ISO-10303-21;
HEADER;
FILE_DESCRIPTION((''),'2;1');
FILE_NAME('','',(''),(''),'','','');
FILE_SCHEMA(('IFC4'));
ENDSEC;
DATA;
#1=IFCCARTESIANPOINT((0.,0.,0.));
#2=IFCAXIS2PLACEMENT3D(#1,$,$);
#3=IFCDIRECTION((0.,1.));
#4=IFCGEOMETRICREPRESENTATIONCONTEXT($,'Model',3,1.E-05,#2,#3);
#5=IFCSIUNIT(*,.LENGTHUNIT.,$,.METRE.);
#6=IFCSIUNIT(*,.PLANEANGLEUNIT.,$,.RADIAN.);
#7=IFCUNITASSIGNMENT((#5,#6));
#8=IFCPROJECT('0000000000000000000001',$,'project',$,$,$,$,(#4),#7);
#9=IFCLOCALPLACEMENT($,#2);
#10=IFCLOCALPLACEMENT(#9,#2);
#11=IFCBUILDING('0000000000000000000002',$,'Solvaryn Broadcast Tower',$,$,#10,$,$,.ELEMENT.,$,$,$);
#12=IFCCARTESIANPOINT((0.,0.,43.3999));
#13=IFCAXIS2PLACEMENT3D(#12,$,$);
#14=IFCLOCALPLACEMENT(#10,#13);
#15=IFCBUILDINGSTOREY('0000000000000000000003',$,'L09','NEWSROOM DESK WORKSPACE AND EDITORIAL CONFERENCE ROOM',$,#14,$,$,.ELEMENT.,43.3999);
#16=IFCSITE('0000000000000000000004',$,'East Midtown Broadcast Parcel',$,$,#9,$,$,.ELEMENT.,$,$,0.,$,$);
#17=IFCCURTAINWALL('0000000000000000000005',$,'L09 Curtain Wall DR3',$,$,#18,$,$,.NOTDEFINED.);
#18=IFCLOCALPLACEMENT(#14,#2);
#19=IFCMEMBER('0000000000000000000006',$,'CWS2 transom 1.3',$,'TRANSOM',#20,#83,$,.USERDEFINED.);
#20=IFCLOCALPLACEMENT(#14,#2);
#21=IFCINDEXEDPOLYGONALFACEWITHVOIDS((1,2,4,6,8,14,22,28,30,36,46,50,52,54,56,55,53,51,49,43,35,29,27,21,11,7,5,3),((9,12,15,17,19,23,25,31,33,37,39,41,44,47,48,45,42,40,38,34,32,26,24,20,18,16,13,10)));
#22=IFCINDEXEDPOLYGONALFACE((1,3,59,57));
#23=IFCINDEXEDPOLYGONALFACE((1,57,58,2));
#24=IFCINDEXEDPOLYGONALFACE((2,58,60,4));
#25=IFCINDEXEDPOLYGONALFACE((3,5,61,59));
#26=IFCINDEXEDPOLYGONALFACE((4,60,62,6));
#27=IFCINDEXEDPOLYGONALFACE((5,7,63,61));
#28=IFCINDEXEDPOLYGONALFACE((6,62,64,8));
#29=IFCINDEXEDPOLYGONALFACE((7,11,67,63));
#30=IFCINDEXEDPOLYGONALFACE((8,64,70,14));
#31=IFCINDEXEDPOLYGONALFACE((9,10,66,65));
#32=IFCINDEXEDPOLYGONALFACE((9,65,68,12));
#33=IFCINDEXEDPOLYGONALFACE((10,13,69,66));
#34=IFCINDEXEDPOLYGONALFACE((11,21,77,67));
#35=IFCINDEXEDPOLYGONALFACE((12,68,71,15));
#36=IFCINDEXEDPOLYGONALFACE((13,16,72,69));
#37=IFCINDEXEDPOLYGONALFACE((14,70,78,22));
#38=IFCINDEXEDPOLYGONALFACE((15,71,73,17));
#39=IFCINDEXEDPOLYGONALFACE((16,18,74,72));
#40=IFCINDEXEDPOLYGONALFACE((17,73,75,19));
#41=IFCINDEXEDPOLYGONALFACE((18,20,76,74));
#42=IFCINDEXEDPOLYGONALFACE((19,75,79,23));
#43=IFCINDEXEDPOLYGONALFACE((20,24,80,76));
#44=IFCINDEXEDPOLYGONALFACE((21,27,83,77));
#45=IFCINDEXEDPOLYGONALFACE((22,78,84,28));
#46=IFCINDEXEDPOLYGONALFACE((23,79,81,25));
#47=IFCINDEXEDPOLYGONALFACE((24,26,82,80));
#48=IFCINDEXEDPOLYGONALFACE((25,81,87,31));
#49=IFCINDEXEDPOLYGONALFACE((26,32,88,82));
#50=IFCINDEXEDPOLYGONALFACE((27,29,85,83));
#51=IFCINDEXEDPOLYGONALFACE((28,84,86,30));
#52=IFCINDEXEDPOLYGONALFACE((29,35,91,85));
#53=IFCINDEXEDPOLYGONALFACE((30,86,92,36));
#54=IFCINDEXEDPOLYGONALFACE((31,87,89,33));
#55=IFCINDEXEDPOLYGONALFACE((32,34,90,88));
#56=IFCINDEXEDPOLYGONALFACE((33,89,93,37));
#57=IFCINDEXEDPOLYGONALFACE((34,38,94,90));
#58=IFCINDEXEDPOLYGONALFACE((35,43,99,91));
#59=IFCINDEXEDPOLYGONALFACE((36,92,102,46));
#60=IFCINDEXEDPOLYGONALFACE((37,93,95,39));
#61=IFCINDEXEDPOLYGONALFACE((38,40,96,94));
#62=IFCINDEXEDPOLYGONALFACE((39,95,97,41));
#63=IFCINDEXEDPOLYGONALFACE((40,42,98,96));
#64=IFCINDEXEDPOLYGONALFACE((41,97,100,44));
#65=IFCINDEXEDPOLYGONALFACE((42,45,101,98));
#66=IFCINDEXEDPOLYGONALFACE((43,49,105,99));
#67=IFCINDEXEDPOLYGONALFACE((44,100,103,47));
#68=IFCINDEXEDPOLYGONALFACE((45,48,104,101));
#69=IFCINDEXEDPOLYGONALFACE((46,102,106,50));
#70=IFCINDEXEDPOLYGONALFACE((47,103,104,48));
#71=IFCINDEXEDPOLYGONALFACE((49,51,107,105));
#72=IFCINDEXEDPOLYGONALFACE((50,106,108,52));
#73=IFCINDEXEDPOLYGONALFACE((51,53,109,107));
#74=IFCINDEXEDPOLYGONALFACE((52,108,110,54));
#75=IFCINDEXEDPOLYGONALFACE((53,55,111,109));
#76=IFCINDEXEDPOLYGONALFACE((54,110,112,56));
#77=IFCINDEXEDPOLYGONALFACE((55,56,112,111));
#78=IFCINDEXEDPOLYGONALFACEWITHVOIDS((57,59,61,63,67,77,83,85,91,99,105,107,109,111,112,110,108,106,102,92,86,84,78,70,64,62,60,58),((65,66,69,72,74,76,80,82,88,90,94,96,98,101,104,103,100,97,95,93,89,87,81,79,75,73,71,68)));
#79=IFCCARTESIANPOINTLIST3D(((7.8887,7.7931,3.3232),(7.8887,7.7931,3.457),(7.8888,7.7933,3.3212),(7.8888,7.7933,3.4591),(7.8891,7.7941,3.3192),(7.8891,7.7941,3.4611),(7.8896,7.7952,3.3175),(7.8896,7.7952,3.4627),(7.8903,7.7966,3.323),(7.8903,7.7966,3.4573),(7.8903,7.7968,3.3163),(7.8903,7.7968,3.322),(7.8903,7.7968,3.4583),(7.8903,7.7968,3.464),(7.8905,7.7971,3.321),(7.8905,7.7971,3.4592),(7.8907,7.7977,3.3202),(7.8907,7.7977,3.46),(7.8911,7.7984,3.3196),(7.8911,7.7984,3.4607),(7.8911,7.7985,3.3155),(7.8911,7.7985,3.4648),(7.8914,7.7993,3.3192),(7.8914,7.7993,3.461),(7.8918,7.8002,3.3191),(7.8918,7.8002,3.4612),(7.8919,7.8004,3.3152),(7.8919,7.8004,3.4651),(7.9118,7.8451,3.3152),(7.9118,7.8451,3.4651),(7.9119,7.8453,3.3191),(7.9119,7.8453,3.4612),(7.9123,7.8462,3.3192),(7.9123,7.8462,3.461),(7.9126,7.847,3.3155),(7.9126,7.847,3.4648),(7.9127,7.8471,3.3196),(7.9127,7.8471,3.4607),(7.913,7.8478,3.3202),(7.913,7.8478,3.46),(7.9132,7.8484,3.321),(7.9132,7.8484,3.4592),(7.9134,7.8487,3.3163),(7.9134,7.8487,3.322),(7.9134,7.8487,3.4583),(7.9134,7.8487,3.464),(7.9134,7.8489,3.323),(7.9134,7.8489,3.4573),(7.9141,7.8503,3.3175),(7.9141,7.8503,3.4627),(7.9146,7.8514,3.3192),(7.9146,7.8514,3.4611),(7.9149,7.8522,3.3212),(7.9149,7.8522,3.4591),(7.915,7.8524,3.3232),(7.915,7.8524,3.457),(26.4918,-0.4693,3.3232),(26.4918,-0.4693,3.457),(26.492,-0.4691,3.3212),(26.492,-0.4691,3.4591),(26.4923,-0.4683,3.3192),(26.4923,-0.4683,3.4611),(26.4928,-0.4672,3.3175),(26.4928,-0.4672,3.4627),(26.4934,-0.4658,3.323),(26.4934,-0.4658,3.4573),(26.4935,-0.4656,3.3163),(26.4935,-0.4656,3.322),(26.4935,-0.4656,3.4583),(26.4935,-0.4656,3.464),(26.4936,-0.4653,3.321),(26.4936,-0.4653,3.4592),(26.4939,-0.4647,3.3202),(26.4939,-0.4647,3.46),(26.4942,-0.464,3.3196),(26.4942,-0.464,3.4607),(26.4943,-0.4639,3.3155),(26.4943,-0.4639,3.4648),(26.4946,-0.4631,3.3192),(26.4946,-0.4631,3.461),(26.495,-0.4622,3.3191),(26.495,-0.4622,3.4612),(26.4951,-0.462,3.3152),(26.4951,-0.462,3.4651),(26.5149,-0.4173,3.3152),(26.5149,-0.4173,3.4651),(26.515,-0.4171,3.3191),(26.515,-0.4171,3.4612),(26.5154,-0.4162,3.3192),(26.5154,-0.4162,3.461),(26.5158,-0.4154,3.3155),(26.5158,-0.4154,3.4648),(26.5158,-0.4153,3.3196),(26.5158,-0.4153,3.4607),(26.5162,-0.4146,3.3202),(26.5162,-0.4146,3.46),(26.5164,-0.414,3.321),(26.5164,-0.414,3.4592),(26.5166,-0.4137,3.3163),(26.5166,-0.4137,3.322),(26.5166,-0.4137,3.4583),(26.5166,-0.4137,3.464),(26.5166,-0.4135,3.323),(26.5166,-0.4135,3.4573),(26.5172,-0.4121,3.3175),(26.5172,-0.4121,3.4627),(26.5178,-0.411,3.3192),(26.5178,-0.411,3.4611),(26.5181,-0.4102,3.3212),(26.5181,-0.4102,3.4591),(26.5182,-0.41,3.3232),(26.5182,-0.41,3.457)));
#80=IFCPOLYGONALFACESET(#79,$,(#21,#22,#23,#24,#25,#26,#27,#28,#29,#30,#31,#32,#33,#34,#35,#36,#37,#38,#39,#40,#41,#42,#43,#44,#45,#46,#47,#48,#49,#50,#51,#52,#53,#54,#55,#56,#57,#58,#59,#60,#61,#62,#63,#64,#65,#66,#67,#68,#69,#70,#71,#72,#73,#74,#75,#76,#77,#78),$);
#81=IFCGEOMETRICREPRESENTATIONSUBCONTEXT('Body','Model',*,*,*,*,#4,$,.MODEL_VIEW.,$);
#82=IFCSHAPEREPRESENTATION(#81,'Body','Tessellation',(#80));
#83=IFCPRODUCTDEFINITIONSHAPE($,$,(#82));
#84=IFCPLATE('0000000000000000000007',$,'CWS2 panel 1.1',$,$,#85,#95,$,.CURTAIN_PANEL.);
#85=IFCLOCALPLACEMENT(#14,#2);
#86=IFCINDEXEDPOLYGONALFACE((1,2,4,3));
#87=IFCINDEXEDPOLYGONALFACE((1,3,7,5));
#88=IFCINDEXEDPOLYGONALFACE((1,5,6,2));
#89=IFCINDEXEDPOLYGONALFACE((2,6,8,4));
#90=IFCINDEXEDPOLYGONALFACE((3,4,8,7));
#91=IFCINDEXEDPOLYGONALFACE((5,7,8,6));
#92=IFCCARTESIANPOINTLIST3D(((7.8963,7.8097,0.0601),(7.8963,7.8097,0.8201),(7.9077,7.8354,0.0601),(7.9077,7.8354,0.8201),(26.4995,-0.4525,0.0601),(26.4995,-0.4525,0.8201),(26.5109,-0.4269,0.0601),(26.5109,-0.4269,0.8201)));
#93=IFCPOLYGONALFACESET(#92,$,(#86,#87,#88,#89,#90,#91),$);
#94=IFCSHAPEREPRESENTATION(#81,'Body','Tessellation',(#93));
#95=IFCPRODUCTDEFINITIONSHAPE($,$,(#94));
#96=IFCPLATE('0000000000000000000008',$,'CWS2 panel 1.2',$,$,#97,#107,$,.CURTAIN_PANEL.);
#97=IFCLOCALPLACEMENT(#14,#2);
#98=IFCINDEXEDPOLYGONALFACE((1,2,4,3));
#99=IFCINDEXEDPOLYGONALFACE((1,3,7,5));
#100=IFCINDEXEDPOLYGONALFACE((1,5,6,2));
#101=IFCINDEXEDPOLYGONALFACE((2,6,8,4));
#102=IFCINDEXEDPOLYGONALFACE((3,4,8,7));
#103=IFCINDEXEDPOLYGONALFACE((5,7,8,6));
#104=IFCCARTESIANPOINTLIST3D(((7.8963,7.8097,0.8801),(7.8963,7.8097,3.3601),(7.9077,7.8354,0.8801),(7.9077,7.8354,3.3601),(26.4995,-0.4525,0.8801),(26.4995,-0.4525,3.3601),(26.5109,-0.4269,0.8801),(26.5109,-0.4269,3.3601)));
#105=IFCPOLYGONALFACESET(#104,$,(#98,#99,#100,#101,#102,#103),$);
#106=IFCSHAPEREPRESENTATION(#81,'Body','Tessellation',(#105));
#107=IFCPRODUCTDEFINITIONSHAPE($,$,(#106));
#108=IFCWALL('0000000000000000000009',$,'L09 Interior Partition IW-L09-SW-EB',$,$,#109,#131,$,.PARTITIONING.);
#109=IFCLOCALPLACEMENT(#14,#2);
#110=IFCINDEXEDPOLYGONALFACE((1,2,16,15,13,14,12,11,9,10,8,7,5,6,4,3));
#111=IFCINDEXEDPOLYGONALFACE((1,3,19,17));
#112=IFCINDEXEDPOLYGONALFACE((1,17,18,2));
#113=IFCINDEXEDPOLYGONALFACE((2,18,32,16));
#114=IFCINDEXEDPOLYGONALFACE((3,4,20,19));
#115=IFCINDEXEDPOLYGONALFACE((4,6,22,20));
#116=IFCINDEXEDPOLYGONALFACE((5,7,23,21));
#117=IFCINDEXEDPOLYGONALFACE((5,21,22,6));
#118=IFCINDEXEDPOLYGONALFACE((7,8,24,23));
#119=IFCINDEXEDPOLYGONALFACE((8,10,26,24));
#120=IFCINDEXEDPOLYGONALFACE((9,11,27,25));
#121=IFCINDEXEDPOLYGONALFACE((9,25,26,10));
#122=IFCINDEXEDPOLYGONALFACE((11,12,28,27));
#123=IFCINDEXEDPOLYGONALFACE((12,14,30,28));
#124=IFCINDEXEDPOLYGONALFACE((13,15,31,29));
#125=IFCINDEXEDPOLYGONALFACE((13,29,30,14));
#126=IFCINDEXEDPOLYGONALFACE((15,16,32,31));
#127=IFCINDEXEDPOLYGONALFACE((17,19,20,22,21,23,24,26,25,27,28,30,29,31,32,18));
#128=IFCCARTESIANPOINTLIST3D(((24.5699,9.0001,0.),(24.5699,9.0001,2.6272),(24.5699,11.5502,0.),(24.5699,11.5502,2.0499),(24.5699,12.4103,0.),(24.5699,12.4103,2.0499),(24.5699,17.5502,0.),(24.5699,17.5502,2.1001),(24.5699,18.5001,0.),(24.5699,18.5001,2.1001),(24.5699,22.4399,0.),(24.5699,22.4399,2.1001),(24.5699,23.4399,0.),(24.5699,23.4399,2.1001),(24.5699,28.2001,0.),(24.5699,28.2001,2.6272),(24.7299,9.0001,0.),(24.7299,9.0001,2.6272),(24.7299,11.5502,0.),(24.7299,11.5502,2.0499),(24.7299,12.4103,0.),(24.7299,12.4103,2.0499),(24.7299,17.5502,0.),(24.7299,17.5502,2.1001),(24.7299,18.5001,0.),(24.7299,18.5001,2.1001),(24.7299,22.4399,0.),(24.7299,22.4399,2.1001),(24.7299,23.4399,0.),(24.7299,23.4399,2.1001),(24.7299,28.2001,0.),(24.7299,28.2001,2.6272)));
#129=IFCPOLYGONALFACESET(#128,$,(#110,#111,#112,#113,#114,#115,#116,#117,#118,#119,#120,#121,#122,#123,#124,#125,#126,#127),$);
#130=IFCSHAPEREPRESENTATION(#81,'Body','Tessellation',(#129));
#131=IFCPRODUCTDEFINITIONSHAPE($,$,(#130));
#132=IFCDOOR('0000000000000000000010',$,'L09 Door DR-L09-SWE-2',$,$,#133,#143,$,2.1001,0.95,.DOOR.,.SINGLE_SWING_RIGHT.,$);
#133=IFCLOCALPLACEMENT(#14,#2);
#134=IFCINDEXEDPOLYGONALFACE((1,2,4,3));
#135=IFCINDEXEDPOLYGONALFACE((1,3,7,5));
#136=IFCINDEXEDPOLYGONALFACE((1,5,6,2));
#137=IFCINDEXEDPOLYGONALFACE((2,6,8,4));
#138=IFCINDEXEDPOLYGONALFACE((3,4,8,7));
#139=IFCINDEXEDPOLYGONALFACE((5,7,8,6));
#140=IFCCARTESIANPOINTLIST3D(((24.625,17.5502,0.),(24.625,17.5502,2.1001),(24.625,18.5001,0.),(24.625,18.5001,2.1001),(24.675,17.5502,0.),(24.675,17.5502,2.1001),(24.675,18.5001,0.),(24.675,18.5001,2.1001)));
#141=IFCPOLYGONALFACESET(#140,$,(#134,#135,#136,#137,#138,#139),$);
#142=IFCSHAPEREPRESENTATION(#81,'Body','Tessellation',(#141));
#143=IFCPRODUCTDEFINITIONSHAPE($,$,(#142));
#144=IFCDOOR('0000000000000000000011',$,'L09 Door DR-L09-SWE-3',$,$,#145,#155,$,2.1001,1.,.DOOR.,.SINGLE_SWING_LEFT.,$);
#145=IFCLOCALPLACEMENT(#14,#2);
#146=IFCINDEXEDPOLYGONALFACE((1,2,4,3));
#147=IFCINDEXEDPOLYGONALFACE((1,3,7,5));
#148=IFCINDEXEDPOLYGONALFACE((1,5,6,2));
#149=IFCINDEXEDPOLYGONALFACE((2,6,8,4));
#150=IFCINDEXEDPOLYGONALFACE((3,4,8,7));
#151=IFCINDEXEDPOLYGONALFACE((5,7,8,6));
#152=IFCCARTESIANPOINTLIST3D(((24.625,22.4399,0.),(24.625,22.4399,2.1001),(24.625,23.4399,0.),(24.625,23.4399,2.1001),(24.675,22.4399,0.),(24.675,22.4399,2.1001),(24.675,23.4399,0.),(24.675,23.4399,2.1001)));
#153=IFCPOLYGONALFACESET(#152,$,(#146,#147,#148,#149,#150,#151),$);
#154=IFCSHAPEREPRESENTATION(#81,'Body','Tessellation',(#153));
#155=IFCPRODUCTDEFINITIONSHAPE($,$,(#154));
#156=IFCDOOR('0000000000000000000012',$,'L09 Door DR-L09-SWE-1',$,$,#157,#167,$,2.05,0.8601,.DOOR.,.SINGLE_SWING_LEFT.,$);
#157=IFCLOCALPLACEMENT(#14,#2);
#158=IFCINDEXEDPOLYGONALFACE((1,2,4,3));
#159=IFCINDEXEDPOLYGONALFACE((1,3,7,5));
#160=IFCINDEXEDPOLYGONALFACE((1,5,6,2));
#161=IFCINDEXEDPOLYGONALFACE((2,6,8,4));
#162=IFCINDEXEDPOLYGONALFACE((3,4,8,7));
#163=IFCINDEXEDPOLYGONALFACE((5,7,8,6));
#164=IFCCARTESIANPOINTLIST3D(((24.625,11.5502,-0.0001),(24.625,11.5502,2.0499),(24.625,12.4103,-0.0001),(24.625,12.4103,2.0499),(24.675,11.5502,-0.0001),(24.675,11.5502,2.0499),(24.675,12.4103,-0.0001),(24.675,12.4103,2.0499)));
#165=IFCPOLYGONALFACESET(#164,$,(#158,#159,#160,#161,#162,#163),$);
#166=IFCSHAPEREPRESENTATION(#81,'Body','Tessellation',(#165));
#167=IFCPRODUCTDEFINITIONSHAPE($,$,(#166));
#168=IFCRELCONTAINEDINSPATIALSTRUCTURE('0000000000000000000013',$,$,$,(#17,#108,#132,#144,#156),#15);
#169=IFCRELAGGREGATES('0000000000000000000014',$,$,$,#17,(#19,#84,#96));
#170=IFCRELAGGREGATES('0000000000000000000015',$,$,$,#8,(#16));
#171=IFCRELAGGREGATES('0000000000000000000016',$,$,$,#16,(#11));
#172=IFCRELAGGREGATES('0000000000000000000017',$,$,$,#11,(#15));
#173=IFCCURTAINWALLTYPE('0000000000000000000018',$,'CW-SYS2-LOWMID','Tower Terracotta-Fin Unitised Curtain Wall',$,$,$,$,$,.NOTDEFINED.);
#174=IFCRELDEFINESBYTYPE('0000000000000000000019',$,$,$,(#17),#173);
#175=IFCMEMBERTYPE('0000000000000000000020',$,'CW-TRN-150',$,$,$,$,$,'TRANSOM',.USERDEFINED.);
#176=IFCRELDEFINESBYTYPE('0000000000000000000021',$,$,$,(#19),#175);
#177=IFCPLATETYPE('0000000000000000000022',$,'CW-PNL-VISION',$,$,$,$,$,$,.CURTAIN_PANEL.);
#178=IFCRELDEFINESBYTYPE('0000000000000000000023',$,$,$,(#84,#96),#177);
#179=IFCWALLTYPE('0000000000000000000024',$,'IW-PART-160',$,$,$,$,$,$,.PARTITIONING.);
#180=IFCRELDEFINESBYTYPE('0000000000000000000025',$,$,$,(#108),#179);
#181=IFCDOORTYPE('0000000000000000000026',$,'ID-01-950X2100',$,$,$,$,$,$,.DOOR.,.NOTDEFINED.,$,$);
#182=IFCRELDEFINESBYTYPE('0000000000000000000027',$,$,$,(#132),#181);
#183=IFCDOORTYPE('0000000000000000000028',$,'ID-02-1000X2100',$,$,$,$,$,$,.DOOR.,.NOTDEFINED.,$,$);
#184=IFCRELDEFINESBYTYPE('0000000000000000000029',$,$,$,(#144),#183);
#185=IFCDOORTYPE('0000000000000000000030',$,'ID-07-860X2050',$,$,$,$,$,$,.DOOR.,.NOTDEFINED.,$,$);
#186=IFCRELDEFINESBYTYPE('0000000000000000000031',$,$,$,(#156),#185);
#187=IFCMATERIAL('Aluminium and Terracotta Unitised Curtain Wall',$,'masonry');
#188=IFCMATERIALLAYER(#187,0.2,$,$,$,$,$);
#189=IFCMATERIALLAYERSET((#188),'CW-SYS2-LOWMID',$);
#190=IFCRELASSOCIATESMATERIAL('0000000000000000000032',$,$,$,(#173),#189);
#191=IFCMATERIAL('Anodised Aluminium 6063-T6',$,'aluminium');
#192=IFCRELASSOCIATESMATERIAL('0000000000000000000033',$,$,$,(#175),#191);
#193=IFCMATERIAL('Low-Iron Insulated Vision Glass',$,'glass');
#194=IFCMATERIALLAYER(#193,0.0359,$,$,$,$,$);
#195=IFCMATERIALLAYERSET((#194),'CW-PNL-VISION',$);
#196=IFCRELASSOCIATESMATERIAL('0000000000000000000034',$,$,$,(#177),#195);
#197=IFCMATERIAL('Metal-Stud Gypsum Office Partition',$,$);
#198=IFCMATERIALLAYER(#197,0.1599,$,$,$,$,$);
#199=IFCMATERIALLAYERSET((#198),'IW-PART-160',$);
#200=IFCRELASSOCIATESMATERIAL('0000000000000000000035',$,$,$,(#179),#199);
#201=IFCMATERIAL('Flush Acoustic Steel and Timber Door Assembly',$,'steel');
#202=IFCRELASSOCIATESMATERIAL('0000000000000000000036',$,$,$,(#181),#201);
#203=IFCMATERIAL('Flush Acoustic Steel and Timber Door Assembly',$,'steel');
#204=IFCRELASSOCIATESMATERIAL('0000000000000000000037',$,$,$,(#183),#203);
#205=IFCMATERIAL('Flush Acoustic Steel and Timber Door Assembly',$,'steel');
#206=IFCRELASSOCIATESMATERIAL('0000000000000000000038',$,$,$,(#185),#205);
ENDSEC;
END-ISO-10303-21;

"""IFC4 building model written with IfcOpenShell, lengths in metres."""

from ifc_helpers import new_model, si_unit, direction, frame, frame_2d, origin, origin_2d, place, context, subcontext, project, spatial, rectangle, hollow_rectangle, extrude, material, layer, layer_set, material_profile, profile_set, type_object, element, fill, aggregate, save


model = new_model("IFC4")

# Units and contexts
model_context = context("Model", 3, precision=1e-05, world=origin(), true_north=direction((0.0, 1.0)))
body_context = subcontext(model_context, "Body", "Model", "MODEL_VIEW")
ifc_project = project(units=[si_unit("LENGTHUNIT", "METRE"), si_unit("PLANEANGLEUNIT", "RADIAN")], contexts=[model_context])

# Site, building, storey
site_placement = place(None, origin())
site = spatial("IfcSite", under=ifc_project, at=site_placement, Name="East Midtown Broadcast Parcel", CompositionType="ELEMENT", RefElevation=0.0)
building_placement = place(site_placement, origin())
building = spatial("IfcBuilding", under=site, at=building_placement, Name="Solvaryn Broadcast Tower", CompositionType="ELEMENT")
storey_placement = place(building_placement, frame((0.0, 0.0, 43.3999)))
storey = spatial("IfcBuildingStorey", under=building, at=storey_placement, Name="L09", Description="NEWSROOM DESK WORKSPACE AND EDITORIAL CONFERENCE ROOM", CompositionType="ELEMENT", Elevation=43.3999)

# Shared definitions
ifc_material_1 = material(Name="Aluminium and Terracotta Unitised Curtain Wall", Category="masonry")
ifc_layer_1 = layer(ifc_material_1, 0.2)
ifc_layer_set_1 = layer_set([ifc_layer_1], Name="CW-SYS2-LOWMID")
curtain_wall_type = type_object("IfcCurtainWallType", Name="CW-SYS2-LOWMID", Description="Tower Terracotta-Fin Unitised Curtain Wall", PredefinedType="NOTDEFINED", material=ifc_layer_set_1)

# Curtain wall, member, plates
curtain_wall_1_placement = place(storey_placement, origin())
curtain_wall_1 = element("IfcCurtainWall", 1, at=curtain_wall_1_placement, inside=storey, type_object=curtain_wall_type, Name="L09 Curtain Wall DR3", PredefinedType="NOTDEFINED")
ifc_material_2 = material(Name="Anodised Aluminium 6063-T6", Category="aluminium")
ifc_material_profile_1 = material_profile(ifc_material_2, hollow_rectangle(XDim=0.0649, YDim=0.1499, WallThickness=0.0039, InnerFilletRadius=0.0039, OuterFilletRadius=0.0081, at=origin_2d()))
ifc_profile_set_1 = profile_set([ifc_material_profile_1], Name="Anodised Aluminium 6063-T6")
member_type_1 = type_object("IfcMemberType", Name="CW-TRN-150", ElementType="TRANSOM", PredefinedType="USERDEFINED", material=ifc_profile_set_1)
member_1_placement = place(storey_placement, frame((7.9019, 7.8228, 3.3901), z_axis=(0.913915, -0.405906, 0.0), x_axis=(0.405906, 0.913915, 0.0)))
member_1 = element("IfcMember", 2, at=member_1_placement, type_object=member_type_1, Name="CWS2 transom 1.3", ObjectType="TRANSOM", PredefinedType="USERDEFINED", context=body_context, shape_type="SweptSolid", body=[
    extrude(hollow_rectangle(XDim=0.0649, YDim=0.1499, WallThickness=0.0039, InnerFilletRadius=0.0039, OuterFilletRadius=0.0081, at=origin_2d()), origin(), (0.0, 0.0, 1.0), 20.3555),
])
ifc_material_3 = material(Name="Low-Iron Insulated Vision Glass", Category="glass")
ifc_layer_2 = layer(ifc_material_3, 0.0359)
ifc_layer_set_2 = layer_set([ifc_layer_2], Name="CW-PNL-VISION")
plate_type = type_object("IfcPlateType", Name="CW-PNL-VISION", PredefinedType="CURTAIN_PANEL", material=ifc_layer_set_2)
plate_1_placement = place(storey_placement, frame((17.2036, 3.6914, 0.0601), z_axis=(0.0, 0.0, 1.0), x_axis=(0.913918, -0.405898, 0.0)))
plate_1 = element("IfcPlate", 3, at=plate_1_placement, type_object=plate_type, Name="CWS2 panel 1.1", PredefinedType="CURTAIN_PANEL", context=body_context, shape_type="SweptSolid", body=[
    extrude(rectangle(XDim=20.3555, YDim=0.0281, at=origin_2d()), origin(), (0.0, 0.0, 1.0), 0.76),
])
plate_2_placement = place(storey_placement, frame((17.2036, 3.6914, 0.8801), z_axis=(0.0, 0.0, 1.0), x_axis=(0.913918, -0.405898, 0.0)))
plate_2 = element("IfcPlate", 4, at=plate_2_placement, type_object=plate_type, Name="CWS2 panel 1.2", PredefinedType="CURTAIN_PANEL", context=body_context, shape_type="SweptSolid", body=[
    extrude(rectangle(XDim=20.3555, YDim=0.0281, at=origin_2d()), origin(), (0.0, 0.0, 1.0), 2.48),
])
aggregate(curtain_wall_1, [member_1, plate_1, plate_2])

# Wall, openings, doors
ifc_material_4 = material(Name="Metal-Stud Gypsum Office Partition")
ifc_layer_3 = layer(ifc_material_4, 0.1599)
ifc_layer_set_3 = layer_set([ifc_layer_3], Name="IW-PART-160")
wall_type_1 = type_object("IfcWallType", Name="IW-PART-160", PredefinedType="PARTITIONING", material=ifc_layer_set_3)
wall_1_placement = place(storey_placement, frame((24.6499, 9.0, 0.0), z_axis=(0.0, 0.0, 1.0), x_axis=(0.0, 1.0, 0.0)))
wall_1 = element("IfcWall", 5, at=wall_1_placement, inside=storey, type_object=wall_type_1, Name="L09 Interior Partition IW-L09-SW-EB", PredefinedType="PARTITIONING", context=body_context, shape_type="SweptSolid", body=[
    extrude(rectangle(XDim=19.2, YDim=0.1599, at=frame_2d((9.6001, 0.0))), origin(), (0.0, 0.0, 1.0), 2.6272),
])
opening_1_placement = place(wall_1_placement, frame((2.55, 0.0, 0.0)))
opening_1 = element("IfcOpeningElement", 6, at=opening_1_placement, cuts=wall_1, PredefinedType="OPENING", context=body_context, shape_type="SweptSolid", body=[
    extrude(rectangle(XDim=0.8601, YDim=2.05, at=frame_2d((0.4302, 1.0249))), frame((0.0, 0.0901, 0.0), z_axis=(0.0, -1.0, 0.0), x_axis=(1.0, 0.0, 0.0)), (0.0, 0.0, 1.0), 0.1799),
])
opening_2_placement = place(wall_1_placement, frame((8.55, 0.0, 0.0)))
opening_2 = element("IfcOpeningElement", 7, at=opening_2_placement, cuts=wall_1, PredefinedType="OPENING", context=body_context, shape_type="SweptSolid", body=[
    extrude(rectangle(XDim=0.95, YDim=2.1001, at=frame_2d((0.4751, 1.05))), frame((0.0, 0.0901, 0.0), z_axis=(0.0, -1.0, 0.0), x_axis=(1.0, 0.0, 0.0)), (0.0, 0.0, 1.0), 0.1799),
])
opening_3_placement = place(wall_1_placement, frame((13.4399, 0.0, 0.0)))
opening_3 = element("IfcOpeningElement", 8, at=opening_3_placement, cuts=wall_1, PredefinedType="OPENING", context=body_context, shape_type="SweptSolid", body=[
    extrude(rectangle(XDim=1.0, YDim=2.1001, at=frame_2d((0.5, 1.05))), frame((0.0, 0.0901, 0.0), z_axis=(0.0, -1.0, 0.0), x_axis=(1.0, 0.0, 0.0)), (0.0, 0.0, 1.0), 0.1799),
])
ifc_material_5 = material(Name="Flush Acoustic Steel and Timber Door Assembly", Category="steel")
door_type_1 = type_object("IfcDoorType", Name="ID-01-950X2100", OperationType="NOTDEFINED", PredefinedType="DOOR", material=ifc_material_5)
door_1_placement = place(opening_2_placement, origin())
door_1 = element("IfcDoor", 9, at=door_1_placement, inside=storey, type_object=door_type_1, Name="L09 Door DR-L09-SWE-2", OperationType="SINGLE_SWING_RIGHT", OverallHeight=2.1001, OverallWidth=0.95, PredefinedType="DOOR", context=body_context, shape_type="SweptSolid", body=[
    extrude(rectangle(XDim=0.95, YDim=2.1001, at=frame_2d((0.4751, 1.05))), frame((0.0, 0.0249, 0.0), z_axis=(0.0, -1.0, 0.0), x_axis=(1.0, 0.0, 0.0)), (0.0, 0.0, 1.0), 0.05),
])
fill(opening_2, door_1)
ifc_material_6 = material(Name="Flush Acoustic Steel and Timber Door Assembly", Category="steel")
door_type_2 = type_object("IfcDoorType", Name="ID-02-1000X2100", OperationType="NOTDEFINED", PredefinedType="DOOR", material=ifc_material_6)
door_2_placement = place(opening_3_placement, origin())
door_2 = element("IfcDoor", 10, at=door_2_placement, inside=storey, type_object=door_type_2, Name="L09 Door DR-L09-SWE-3", OperationType="SINGLE_SWING_LEFT", OverallHeight=2.1001, OverallWidth=1.0, PredefinedType="DOOR", context=body_context, shape_type="SweptSolid", body=[
    extrude(rectangle(XDim=1.0, YDim=2.1001, at=frame_2d((0.5, 1.05))), frame((0.0, 0.0249, 0.0), z_axis=(0.0, -1.0, 0.0), x_axis=(1.0, 0.0, 0.0)), (0.0, 0.0, 1.0), 0.05),
])
fill(opening_3, door_2)
ifc_material_7 = material(Name="Flush Acoustic Steel and Timber Door Assembly", Category="steel")
door_type_3 = type_object("IfcDoorType", Name="ID-07-860X2050", OperationType="NOTDEFINED", PredefinedType="DOOR", material=ifc_material_7)
door_3_placement = place(opening_1_placement, origin())
door_3 = element("IfcDoor", 11, at=door_3_placement, inside=storey, type_object=door_type_3, Name="L09 Door DR-L09-SWE-1", OperationType="SINGLE_SWING_LEFT", OverallHeight=2.05, OverallWidth=0.8601, PredefinedType="DOOR", context=body_context, shape_type="SweptSolid", body=[
    extrude(rectangle(XDim=0.8601, YDim=2.05, at=frame_2d((0.4302, 1.0249))), frame((0.0, 0.0249, 0.0), z_axis=(0.0, -1.0, 0.0), x_axis=(1.0, 0.0, 0.0)), (0.0, 0.0, 1.0), 0.05),
])
fill(opening_1, door_3)

save(model, "model.ifc")
